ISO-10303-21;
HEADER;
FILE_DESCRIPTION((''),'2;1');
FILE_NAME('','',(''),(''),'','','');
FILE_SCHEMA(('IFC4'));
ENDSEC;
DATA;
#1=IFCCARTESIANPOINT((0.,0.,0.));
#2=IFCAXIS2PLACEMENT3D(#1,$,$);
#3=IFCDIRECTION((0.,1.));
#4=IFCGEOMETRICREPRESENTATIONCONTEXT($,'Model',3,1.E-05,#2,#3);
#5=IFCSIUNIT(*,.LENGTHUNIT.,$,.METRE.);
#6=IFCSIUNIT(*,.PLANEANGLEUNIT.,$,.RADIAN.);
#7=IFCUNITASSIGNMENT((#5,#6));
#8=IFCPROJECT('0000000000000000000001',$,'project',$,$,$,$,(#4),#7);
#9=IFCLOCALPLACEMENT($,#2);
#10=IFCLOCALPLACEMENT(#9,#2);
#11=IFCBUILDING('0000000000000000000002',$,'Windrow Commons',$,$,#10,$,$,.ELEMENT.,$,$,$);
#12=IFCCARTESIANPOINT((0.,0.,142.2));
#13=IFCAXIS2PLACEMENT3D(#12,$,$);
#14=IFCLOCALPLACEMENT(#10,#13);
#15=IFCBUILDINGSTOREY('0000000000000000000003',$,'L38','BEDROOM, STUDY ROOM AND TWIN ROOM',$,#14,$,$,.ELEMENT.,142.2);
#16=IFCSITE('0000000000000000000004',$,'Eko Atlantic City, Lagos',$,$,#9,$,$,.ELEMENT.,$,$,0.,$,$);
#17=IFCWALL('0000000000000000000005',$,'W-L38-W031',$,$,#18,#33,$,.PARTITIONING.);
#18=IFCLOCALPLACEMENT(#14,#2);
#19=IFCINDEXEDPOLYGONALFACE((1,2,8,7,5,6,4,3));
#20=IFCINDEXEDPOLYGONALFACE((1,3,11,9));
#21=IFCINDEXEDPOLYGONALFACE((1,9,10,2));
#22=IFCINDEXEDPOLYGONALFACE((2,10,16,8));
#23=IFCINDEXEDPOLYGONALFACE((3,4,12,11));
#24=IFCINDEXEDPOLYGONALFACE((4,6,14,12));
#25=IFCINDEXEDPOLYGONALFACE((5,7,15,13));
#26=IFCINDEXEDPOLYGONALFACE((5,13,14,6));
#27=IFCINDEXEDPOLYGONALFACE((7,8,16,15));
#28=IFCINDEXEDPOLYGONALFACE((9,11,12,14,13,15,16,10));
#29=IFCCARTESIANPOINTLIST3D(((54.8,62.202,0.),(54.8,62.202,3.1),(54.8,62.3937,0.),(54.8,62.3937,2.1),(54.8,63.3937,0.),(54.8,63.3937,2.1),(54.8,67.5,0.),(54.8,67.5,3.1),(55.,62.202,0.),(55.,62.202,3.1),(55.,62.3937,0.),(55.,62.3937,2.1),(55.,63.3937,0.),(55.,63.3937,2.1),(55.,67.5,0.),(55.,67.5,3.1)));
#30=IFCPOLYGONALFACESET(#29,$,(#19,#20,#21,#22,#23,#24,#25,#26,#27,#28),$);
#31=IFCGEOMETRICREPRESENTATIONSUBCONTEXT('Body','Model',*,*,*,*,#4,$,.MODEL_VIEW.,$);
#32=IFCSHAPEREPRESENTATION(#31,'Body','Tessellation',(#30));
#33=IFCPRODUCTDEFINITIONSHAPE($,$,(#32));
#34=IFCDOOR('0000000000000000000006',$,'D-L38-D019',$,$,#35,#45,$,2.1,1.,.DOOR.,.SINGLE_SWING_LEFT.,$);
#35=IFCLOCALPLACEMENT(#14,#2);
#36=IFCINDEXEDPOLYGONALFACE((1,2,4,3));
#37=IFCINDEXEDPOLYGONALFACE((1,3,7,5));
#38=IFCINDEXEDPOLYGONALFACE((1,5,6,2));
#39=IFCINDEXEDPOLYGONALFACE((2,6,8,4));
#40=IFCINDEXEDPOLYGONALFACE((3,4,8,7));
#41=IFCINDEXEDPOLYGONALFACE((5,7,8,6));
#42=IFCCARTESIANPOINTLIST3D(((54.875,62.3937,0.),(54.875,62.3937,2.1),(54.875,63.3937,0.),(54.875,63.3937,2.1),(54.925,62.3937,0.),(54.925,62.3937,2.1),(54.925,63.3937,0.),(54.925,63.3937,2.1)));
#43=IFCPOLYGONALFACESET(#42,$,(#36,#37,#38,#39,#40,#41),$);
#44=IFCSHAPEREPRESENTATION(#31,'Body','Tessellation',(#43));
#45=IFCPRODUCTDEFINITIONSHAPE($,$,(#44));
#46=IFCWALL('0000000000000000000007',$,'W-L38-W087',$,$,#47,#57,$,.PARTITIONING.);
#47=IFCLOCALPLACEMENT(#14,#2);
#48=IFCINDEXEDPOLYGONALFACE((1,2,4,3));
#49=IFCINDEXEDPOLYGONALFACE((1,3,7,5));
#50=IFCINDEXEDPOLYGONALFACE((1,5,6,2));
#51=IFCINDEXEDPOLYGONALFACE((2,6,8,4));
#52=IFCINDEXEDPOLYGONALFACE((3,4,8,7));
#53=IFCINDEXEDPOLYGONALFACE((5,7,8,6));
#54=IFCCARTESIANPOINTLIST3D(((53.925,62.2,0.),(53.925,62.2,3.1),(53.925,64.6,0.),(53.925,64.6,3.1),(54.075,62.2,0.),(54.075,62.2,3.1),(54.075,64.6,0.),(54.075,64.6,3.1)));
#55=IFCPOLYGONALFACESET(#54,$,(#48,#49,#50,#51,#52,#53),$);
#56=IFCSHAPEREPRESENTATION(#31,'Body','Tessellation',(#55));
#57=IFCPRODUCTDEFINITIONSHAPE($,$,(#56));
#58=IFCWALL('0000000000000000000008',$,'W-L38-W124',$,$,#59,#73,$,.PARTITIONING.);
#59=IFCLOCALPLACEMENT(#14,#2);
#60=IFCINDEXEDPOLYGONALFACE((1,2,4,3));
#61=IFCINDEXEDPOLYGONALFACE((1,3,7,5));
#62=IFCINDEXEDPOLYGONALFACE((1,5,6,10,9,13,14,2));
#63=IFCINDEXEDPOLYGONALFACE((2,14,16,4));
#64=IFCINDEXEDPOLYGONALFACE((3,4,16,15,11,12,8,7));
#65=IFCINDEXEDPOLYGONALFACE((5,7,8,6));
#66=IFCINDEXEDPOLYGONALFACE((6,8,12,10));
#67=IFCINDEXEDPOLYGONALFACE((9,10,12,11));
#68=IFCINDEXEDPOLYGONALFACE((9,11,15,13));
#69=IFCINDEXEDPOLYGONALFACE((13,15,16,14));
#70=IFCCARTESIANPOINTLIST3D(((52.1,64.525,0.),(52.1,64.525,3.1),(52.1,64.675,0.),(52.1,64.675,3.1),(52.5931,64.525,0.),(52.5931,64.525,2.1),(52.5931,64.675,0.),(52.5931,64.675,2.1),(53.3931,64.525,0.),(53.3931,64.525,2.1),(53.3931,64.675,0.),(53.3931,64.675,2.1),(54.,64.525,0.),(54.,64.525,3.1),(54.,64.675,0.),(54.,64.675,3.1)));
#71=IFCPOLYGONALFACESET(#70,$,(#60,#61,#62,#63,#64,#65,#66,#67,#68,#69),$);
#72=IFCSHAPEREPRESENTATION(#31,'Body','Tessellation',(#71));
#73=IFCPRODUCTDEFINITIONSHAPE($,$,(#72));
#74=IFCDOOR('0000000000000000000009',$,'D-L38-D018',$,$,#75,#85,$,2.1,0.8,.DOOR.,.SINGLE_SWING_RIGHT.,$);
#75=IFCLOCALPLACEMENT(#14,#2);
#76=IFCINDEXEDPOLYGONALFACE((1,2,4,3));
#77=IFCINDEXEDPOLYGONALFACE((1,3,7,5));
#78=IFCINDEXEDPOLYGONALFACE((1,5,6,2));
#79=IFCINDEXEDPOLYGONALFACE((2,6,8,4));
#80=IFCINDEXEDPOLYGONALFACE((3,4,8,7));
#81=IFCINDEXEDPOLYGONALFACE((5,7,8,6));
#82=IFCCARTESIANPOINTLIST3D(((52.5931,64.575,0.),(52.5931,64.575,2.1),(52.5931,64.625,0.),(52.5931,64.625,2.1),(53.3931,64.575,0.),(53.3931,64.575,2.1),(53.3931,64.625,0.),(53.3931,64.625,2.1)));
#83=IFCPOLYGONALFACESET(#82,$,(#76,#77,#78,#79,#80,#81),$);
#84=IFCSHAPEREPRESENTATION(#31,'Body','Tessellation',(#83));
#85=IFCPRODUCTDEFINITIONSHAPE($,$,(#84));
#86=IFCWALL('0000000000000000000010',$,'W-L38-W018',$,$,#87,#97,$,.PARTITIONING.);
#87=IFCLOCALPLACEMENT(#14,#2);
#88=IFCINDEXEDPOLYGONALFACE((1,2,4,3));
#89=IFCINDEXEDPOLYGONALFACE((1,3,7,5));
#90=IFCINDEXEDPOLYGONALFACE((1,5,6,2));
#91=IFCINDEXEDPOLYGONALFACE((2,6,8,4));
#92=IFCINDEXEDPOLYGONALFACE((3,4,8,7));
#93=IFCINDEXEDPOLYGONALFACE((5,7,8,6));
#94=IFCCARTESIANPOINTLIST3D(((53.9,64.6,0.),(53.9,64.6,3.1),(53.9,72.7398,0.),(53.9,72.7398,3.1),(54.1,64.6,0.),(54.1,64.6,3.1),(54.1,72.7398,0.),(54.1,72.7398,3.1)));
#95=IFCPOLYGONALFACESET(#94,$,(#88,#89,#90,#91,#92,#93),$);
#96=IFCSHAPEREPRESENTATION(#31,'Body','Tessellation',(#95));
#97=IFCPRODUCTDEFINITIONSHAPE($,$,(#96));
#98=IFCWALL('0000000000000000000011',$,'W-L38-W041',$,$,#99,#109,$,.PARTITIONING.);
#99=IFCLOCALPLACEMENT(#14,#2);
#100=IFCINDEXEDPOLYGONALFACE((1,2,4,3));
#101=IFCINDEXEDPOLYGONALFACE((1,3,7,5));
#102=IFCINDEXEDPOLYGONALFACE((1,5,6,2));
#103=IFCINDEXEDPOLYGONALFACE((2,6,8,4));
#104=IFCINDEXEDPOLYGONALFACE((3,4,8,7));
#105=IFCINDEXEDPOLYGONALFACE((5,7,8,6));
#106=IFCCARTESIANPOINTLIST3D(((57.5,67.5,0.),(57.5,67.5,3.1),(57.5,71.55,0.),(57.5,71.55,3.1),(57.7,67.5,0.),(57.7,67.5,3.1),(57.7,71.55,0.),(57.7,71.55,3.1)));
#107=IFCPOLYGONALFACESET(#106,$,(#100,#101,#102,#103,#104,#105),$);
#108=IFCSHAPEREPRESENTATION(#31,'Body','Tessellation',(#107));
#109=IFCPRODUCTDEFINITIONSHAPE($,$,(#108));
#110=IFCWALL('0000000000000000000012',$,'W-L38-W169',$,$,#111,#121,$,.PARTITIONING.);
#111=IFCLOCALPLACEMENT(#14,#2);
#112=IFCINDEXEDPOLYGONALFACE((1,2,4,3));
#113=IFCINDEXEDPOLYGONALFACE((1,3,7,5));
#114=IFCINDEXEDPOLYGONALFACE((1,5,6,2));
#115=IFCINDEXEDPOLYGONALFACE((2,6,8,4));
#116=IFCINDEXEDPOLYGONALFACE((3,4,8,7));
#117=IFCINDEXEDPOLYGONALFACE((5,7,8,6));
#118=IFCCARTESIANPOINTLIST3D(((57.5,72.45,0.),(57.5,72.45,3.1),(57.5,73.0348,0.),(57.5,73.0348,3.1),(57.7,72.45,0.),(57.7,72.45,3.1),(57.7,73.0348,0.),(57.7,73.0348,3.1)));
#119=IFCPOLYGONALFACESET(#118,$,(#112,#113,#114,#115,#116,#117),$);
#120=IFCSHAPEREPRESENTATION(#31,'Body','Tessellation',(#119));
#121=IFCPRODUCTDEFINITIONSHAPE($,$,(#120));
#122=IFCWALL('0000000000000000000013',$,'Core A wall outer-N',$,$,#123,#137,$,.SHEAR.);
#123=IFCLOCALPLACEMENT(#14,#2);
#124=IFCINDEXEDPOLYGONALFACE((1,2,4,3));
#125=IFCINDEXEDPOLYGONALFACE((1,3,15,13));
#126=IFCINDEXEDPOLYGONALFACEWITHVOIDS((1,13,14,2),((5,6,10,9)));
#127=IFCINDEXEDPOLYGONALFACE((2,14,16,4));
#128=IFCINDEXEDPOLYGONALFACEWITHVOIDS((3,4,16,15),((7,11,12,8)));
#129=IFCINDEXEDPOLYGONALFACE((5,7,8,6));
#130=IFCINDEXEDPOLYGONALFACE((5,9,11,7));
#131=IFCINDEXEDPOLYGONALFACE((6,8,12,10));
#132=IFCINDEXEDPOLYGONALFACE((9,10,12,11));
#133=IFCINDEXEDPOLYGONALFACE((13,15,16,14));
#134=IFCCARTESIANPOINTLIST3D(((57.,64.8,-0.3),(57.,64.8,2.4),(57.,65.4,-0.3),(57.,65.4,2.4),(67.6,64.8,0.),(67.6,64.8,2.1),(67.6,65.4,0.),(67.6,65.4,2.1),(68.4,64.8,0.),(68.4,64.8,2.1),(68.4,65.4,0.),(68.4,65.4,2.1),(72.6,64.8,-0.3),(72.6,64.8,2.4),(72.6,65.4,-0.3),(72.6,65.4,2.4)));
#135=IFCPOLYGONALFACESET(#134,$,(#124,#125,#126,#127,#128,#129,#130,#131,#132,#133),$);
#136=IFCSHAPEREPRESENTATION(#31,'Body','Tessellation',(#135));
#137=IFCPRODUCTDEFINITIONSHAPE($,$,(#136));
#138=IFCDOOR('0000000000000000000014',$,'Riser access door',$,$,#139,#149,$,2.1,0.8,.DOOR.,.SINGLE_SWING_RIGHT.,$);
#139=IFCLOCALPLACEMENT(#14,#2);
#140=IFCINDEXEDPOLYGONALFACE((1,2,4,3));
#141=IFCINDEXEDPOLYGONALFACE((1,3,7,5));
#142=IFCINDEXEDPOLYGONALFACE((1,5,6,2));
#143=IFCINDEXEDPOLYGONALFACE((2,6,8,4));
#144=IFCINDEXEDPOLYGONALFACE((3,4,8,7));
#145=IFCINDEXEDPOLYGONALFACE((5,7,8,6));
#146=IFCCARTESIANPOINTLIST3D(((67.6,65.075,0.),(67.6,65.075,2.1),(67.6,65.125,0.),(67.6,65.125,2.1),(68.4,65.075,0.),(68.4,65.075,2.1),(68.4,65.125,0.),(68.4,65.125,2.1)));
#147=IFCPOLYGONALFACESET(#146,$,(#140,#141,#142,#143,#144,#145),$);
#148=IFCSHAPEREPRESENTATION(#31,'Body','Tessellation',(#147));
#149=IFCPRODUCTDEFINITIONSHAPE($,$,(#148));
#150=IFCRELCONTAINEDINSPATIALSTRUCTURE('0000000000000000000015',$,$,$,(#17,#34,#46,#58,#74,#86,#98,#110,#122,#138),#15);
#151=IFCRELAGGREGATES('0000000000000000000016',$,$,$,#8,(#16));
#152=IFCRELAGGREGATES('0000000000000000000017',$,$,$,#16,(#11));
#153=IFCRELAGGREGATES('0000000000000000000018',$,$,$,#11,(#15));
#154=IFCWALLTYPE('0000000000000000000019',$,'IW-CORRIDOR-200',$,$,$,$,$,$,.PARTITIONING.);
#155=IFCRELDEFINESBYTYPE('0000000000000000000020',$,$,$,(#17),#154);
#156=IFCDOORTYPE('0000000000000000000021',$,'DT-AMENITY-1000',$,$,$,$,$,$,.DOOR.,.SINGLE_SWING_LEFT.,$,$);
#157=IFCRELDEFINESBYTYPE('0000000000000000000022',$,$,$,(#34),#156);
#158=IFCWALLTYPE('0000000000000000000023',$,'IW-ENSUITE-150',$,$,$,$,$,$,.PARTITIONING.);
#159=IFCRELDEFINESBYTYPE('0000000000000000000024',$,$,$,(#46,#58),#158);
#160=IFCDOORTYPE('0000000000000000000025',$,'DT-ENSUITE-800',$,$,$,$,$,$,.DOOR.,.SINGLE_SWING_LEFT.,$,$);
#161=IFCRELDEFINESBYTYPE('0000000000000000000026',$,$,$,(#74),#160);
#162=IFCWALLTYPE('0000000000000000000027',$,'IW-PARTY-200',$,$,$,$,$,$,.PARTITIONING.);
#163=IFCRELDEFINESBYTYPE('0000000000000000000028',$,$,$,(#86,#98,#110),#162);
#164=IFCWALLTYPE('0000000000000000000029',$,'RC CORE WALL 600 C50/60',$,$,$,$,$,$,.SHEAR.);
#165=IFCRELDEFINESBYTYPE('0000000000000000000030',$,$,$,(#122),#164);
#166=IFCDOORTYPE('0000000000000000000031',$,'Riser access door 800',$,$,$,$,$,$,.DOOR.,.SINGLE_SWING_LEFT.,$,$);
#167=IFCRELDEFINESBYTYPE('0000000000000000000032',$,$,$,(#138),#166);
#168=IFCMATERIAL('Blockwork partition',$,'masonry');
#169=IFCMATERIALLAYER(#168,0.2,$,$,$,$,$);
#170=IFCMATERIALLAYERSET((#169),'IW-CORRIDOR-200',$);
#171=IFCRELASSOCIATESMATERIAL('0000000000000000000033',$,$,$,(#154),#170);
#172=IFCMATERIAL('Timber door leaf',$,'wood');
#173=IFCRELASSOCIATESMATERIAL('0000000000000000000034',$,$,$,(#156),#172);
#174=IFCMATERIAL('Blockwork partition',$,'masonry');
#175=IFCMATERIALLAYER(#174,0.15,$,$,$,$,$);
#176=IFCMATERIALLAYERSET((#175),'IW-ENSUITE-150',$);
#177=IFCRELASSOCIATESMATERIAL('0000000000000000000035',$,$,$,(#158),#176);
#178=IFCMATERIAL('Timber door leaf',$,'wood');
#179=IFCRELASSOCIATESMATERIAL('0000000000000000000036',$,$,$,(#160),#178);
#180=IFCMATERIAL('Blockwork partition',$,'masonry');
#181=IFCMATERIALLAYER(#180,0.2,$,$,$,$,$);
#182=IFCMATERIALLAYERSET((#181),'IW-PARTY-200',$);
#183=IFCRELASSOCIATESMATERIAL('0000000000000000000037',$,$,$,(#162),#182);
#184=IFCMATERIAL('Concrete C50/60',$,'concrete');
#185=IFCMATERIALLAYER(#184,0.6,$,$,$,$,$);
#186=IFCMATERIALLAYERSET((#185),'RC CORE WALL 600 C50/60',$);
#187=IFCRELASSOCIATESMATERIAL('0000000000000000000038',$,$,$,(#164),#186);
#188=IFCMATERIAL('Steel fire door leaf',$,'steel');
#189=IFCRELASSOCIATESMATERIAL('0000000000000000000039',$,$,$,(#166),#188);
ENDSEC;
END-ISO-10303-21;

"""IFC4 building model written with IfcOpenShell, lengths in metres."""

from ifc_helpers import new_model, si_unit, direction, frame, frame_2d, origin, place, context, subcontext, project, spatial, rectangle, extrude, material, layer, layer_set, type_object, element, fill, save


model = new_model("IFC4")

# Units and contexts
model_context = context("Model", 3, precision=1e-05, world=origin(), true_north=direction((0.0, 1.0)))
body_context = subcontext(model_context, "Body", "Model", "MODEL_VIEW")
ifc_project = project(units=[si_unit("LENGTHUNIT", "METRE"), si_unit("PLANEANGLEUNIT", "RADIAN")], contexts=[model_context])

# Site, building, storey
site_placement = place(None, origin())
site = spatial("IfcSite", under=ifc_project, at=site_placement, Name="Eko Atlantic City, Lagos", CompositionType="ELEMENT", RefElevation=0.0)
building_placement = place(site_placement, origin())
building = spatial("IfcBuilding", under=site, at=building_placement, Name="Windrow Commons", CompositionType="ELEMENT")
storey_placement = place(building_placement, frame((0.0, 0.0, 142.2)))
storey = spatial("IfcBuildingStorey", under=building, at=storey_placement, Name="L38", Description="BEDROOM, STUDY ROOM AND TWIN ROOM", CompositionType="ELEMENT", Elevation=142.2)

# Shared definitions
ifc_material_1 = material(Name="Blockwork partition", Category="masonry")
ifc_layer_1 = layer(ifc_material_1, 0.2)
ifc_layer_set_1 = layer_set([ifc_layer_1], Name="IW-CORRIDOR-200")
wall_type_1 = type_object("IfcWallType", Name="IW-CORRIDOR-200", PredefinedType="PARTITIONING", material=ifc_layer_set_1)
ifc_material_2 = material(Name="Timber door leaf", Category="wood")
door_type_1 = type_object("IfcDoorType", Name="DT-AMENITY-1000", OperationType="SINGLE_SWING_LEFT", PredefinedType="DOOR", material=ifc_material_2)

# Wall, opening, door
wall_1_placement = place(storey_placement, frame((54.9, 62.202, 0.0), z_axis=(0.0, 0.0, 1.0), x_axis=(0.0, 1.0, 0.0)))
wall_1 = element("IfcWall", 1, at=wall_1_placement, inside=storey, type_object=wall_type_1, Name="W-L38-W031", PredefinedType="PARTITIONING", context=body_context, shape_type="SweptSolid", body=[
    extrude(rectangle(XDim=5.298, YDim=0.2, at=frame_2d((2.649, 0.0))), origin(), (0.0, 0.0, 1.0), 3.1),
])
opening_1_placement = place(wall_1_placement, frame((0.1917, 0.0, 0.0)))
opening_1 = element("IfcOpeningElement", 2, at=opening_1_placement, cuts=wall_1, PredefinedType="OPENING", context=body_context, shape_type="SweptSolid", body=[
    extrude(rectangle(XDim=1.0, YDim=2.1, at=frame_2d((0.5, 1.05))), frame((0.0, 0.11, 0.0), z_axis=(0.0, -1.0, 0.0), x_axis=(1.0, 0.0, 0.0)), (0.0, 0.0, 1.0), 0.22),
])
door_1_placement = place(opening_1_placement, origin())
door_1 = element("IfcDoor", 3, at=door_1_placement, inside=storey, type_object=door_type_1, Name="D-L38-D019", OperationType="SINGLE_SWING_LEFT", OverallHeight=2.1, OverallWidth=1.0, PredefinedType="DOOR", context=body_context, shape_type="SweptSolid", body=[
    extrude(rectangle(XDim=1.0, YDim=2.1, at=frame_2d((0.5, 1.05))), frame((0.0, 0.025, 0.0), z_axis=(0.0, -1.0, 0.0), x_axis=(1.0, 0.0, 0.0)), (0.0, 0.0, 1.0), 0.05),
])
fill(opening_1, door_1)

# Wall
ifc_material_3 = material(Name="Blockwork partition", Category="masonry")
ifc_layer_2 = layer(ifc_material_3, 0.15)
ifc_layer_set_2 = layer_set([ifc_layer_2], Name="IW-ENSUITE-150")
wall_type_2 = type_object("IfcWallType", Name="IW-ENSUITE-150", PredefinedType="PARTITIONING", material=ifc_layer_set_2)
wall_2_placement = place(storey_placement, frame((54.0, 62.2, 0.0), z_axis=(0.0, 0.0, 1.0), x_axis=(0.0, 1.0, 0.0)))
element("IfcWall", 4, at=wall_2_placement, inside=storey, type_object=wall_type_2, Name="W-L38-W087", PredefinedType="PARTITIONING", context=body_context, shape_type="SweptSolid", body=[
    extrude(rectangle(XDim=2.4, YDim=0.15, at=frame_2d((1.2, 0.0))), origin(), (0.0, 0.0, 1.0), 3.1),
])

# Wall, opening, door
wall_3_placement = place(storey_placement, frame((52.1, 64.6, 0.0), z_axis=(0.0, 0.0, 1.0), x_axis=(1.0, 0.0, 0.0)))
wall_3 = element("IfcWall", 5, at=wall_3_placement, inside=storey, type_object=wall_type_2, Name="W-L38-W124", PredefinedType="PARTITIONING", context=body_context, shape_type="SweptSolid", body=[
    extrude(rectangle(XDim=1.9, YDim=0.15, at=frame_2d((0.95, 0.0))), origin(), (0.0, 0.0, 1.0), 3.1),
])
opening_2_placement = place(wall_3_placement, frame((0.4931, 0.0, 0.0)))
opening_2 = element("IfcOpeningElement", 6, at=opening_2_placement, cuts=wall_3, PredefinedType="OPENING", context=body_context, shape_type="SweptSolid", body=[
    extrude(rectangle(XDim=0.8, YDim=2.1, at=frame_2d((0.4, 1.05))), frame((0.0, 0.085, 0.0), z_axis=(0.0, -1.0, 0.0), x_axis=(1.0, 0.0, 0.0)), (0.0, 0.0, 1.0), 0.17),
])
ifc_material_4 = material(Name="Timber door leaf", Category="wood")
door_type_2 = type_object("IfcDoorType", Name="DT-ENSUITE-800", OperationType="SINGLE_SWING_LEFT", PredefinedType="DOOR", material=ifc_material_4)
door_2_placement = place(opening_2_placement, origin())
door_2 = element("IfcDoor", 7, at=door_2_placement, inside=storey, type_object=door_type_2, Name="D-L38-D018", OperationType="SINGLE_SWING_RIGHT", OverallHeight=2.1, OverallWidth=0.8, PredefinedType="DOOR", context=body_context, shape_type="SweptSolid", body=[
    extrude(rectangle(XDim=0.8, YDim=2.1, at=frame_2d((0.4, 1.05))), frame((0.0, 0.025, 0.0), z_axis=(0.0, -1.0, 0.0), x_axis=(1.0, 0.0, 0.0)), (0.0, 0.0, 1.0), 0.05),
])
fill(opening_2, door_2)

# Walls
ifc_material_5 = material(Name="Blockwork partition", Category="masonry")
ifc_layer_3 = layer(ifc_material_5, 0.2)
ifc_layer_set_3 = layer_set([ifc_layer_3], Name="IW-PARTY-200")
wall_type_3 = type_object("IfcWallType", Name="IW-PARTY-200", PredefinedType="PARTITIONING", material=ifc_layer_set_3)
wall_4_placement = place(storey_placement, frame((54.0, 64.6, 0.0), z_axis=(0.0, 0.0, 1.0), x_axis=(0.0, 1.0, 0.0)))
element("IfcWall", 8, at=wall_4_placement, inside=storey, type_object=wall_type_3, Name="W-L38-W018", PredefinedType="PARTITIONING", context=body_context, shape_type="SweptSolid", body=[
    extrude(rectangle(XDim=8.1398, YDim=0.2, at=frame_2d((4.0699, 0.0))), origin(), (0.0, 0.0, 1.0), 3.1),
])
wall_5_placement = place(storey_placement, frame((57.6, 67.5, 0.0), z_axis=(0.0, 0.0, 1.0), x_axis=(0.0, 1.0, 0.0)))
element("IfcWall", 9, at=wall_5_placement, inside=storey, type_object=wall_type_3, Name="W-L38-W041", PredefinedType="PARTITIONING", context=body_context, shape_type="SweptSolid", body=[
    extrude(rectangle(XDim=4.05, YDim=0.2, at=frame_2d((2.025, 0.0))), origin(), (0.0, 0.0, 1.0), 3.1),
])
wall_6_placement = place(storey_placement, frame((57.6, 72.45, 0.0), z_axis=(0.0, 0.0, 1.0), x_axis=(0.0, 1.0, 0.0)))
element("IfcWall", 10, at=wall_6_placement, inside=storey, type_object=wall_type_3, Name="W-L38-W169", PredefinedType="PARTITIONING", context=body_context, shape_type="SweptSolid", body=[
    extrude(rectangle(XDim=0.5848, YDim=0.2, at=frame_2d((0.2924, 0.0))), origin(), (0.0, 0.0, 1.0), 3.1),
])

# Wall, opening, door
ifc_material_6 = material(Name="Concrete C50/60", Category="concrete")
ifc_layer_4 = layer(ifc_material_6, 0.6)
ifc_layer_set_4 = layer_set([ifc_layer_4], Name="RC CORE WALL 600 C50/60")
wall_type_4 = type_object("IfcWallType", Name="RC CORE WALL 600 C50/60", PredefinedType="SHEAR", material=ifc_layer_set_4)
wall_7_placement = place(storey_placement, frame((57.0, 65.1, -0.3), z_axis=(0.0, 0.0, 1.0), x_axis=(1.0, 0.0, 0.0)))
wall_7 = element("IfcWall", 11, at=wall_7_placement, inside=storey, type_object=wall_type_4, Name="Core A wall outer-N", PredefinedType="SHEAR", context=body_context, shape_type="SweptSolid", body=[
    extrude(rectangle(XDim=15.6, YDim=0.6, at=frame_2d((7.8, 0.0))), origin(), (0.0, 0.0, 1.0), 2.7),
])
opening_3_placement = place(wall_7_placement, frame((10.6, 0.0, 0.3)))
opening_3 = element("IfcOpeningElement", 12, at=opening_3_placement, cuts=wall_7, PredefinedType="OPENING", context=body_context, shape_type="SweptSolid", body=[
    extrude(rectangle(XDim=0.8, YDim=2.1, at=frame_2d((0.4, 1.05))), frame((0.0, 0.31, 0.0), z_axis=(0.0, -1.0, 0.0), x_axis=(1.0, 0.0, 0.0)), (0.0, 0.0, 1.0), 0.62),
])
ifc_material_7 = material(Name="Steel fire door leaf", Category="steel")
door_type_3 = type_object("IfcDoorType", Name="Riser access door 800", OperationType="SINGLE_SWING_LEFT", PredefinedType="DOOR", material=ifc_material_7)
door_3_placement = place(opening_3_placement, origin())
door_3 = element("IfcDoor", 13, at=door_3_placement, inside=storey, type_object=door_type_3, Name="Riser access door", OperationType="SINGLE_SWING_RIGHT", OverallHeight=2.1, OverallWidth=0.8, PredefinedType="DOOR", context=body_context, shape_type="SweptSolid", body=[
    extrude(rectangle(XDim=0.8, YDim=2.1, at=frame_2d((0.4, 1.05))), frame((0.0, 0.025, 0.0), z_axis=(0.0, -1.0, 0.0), x_axis=(1.0, 0.0, 0.0)), (0.0, 0.0, 1.0), 0.05),
])
fill(opening_3, door_3)

save(model, "model.ifc")
